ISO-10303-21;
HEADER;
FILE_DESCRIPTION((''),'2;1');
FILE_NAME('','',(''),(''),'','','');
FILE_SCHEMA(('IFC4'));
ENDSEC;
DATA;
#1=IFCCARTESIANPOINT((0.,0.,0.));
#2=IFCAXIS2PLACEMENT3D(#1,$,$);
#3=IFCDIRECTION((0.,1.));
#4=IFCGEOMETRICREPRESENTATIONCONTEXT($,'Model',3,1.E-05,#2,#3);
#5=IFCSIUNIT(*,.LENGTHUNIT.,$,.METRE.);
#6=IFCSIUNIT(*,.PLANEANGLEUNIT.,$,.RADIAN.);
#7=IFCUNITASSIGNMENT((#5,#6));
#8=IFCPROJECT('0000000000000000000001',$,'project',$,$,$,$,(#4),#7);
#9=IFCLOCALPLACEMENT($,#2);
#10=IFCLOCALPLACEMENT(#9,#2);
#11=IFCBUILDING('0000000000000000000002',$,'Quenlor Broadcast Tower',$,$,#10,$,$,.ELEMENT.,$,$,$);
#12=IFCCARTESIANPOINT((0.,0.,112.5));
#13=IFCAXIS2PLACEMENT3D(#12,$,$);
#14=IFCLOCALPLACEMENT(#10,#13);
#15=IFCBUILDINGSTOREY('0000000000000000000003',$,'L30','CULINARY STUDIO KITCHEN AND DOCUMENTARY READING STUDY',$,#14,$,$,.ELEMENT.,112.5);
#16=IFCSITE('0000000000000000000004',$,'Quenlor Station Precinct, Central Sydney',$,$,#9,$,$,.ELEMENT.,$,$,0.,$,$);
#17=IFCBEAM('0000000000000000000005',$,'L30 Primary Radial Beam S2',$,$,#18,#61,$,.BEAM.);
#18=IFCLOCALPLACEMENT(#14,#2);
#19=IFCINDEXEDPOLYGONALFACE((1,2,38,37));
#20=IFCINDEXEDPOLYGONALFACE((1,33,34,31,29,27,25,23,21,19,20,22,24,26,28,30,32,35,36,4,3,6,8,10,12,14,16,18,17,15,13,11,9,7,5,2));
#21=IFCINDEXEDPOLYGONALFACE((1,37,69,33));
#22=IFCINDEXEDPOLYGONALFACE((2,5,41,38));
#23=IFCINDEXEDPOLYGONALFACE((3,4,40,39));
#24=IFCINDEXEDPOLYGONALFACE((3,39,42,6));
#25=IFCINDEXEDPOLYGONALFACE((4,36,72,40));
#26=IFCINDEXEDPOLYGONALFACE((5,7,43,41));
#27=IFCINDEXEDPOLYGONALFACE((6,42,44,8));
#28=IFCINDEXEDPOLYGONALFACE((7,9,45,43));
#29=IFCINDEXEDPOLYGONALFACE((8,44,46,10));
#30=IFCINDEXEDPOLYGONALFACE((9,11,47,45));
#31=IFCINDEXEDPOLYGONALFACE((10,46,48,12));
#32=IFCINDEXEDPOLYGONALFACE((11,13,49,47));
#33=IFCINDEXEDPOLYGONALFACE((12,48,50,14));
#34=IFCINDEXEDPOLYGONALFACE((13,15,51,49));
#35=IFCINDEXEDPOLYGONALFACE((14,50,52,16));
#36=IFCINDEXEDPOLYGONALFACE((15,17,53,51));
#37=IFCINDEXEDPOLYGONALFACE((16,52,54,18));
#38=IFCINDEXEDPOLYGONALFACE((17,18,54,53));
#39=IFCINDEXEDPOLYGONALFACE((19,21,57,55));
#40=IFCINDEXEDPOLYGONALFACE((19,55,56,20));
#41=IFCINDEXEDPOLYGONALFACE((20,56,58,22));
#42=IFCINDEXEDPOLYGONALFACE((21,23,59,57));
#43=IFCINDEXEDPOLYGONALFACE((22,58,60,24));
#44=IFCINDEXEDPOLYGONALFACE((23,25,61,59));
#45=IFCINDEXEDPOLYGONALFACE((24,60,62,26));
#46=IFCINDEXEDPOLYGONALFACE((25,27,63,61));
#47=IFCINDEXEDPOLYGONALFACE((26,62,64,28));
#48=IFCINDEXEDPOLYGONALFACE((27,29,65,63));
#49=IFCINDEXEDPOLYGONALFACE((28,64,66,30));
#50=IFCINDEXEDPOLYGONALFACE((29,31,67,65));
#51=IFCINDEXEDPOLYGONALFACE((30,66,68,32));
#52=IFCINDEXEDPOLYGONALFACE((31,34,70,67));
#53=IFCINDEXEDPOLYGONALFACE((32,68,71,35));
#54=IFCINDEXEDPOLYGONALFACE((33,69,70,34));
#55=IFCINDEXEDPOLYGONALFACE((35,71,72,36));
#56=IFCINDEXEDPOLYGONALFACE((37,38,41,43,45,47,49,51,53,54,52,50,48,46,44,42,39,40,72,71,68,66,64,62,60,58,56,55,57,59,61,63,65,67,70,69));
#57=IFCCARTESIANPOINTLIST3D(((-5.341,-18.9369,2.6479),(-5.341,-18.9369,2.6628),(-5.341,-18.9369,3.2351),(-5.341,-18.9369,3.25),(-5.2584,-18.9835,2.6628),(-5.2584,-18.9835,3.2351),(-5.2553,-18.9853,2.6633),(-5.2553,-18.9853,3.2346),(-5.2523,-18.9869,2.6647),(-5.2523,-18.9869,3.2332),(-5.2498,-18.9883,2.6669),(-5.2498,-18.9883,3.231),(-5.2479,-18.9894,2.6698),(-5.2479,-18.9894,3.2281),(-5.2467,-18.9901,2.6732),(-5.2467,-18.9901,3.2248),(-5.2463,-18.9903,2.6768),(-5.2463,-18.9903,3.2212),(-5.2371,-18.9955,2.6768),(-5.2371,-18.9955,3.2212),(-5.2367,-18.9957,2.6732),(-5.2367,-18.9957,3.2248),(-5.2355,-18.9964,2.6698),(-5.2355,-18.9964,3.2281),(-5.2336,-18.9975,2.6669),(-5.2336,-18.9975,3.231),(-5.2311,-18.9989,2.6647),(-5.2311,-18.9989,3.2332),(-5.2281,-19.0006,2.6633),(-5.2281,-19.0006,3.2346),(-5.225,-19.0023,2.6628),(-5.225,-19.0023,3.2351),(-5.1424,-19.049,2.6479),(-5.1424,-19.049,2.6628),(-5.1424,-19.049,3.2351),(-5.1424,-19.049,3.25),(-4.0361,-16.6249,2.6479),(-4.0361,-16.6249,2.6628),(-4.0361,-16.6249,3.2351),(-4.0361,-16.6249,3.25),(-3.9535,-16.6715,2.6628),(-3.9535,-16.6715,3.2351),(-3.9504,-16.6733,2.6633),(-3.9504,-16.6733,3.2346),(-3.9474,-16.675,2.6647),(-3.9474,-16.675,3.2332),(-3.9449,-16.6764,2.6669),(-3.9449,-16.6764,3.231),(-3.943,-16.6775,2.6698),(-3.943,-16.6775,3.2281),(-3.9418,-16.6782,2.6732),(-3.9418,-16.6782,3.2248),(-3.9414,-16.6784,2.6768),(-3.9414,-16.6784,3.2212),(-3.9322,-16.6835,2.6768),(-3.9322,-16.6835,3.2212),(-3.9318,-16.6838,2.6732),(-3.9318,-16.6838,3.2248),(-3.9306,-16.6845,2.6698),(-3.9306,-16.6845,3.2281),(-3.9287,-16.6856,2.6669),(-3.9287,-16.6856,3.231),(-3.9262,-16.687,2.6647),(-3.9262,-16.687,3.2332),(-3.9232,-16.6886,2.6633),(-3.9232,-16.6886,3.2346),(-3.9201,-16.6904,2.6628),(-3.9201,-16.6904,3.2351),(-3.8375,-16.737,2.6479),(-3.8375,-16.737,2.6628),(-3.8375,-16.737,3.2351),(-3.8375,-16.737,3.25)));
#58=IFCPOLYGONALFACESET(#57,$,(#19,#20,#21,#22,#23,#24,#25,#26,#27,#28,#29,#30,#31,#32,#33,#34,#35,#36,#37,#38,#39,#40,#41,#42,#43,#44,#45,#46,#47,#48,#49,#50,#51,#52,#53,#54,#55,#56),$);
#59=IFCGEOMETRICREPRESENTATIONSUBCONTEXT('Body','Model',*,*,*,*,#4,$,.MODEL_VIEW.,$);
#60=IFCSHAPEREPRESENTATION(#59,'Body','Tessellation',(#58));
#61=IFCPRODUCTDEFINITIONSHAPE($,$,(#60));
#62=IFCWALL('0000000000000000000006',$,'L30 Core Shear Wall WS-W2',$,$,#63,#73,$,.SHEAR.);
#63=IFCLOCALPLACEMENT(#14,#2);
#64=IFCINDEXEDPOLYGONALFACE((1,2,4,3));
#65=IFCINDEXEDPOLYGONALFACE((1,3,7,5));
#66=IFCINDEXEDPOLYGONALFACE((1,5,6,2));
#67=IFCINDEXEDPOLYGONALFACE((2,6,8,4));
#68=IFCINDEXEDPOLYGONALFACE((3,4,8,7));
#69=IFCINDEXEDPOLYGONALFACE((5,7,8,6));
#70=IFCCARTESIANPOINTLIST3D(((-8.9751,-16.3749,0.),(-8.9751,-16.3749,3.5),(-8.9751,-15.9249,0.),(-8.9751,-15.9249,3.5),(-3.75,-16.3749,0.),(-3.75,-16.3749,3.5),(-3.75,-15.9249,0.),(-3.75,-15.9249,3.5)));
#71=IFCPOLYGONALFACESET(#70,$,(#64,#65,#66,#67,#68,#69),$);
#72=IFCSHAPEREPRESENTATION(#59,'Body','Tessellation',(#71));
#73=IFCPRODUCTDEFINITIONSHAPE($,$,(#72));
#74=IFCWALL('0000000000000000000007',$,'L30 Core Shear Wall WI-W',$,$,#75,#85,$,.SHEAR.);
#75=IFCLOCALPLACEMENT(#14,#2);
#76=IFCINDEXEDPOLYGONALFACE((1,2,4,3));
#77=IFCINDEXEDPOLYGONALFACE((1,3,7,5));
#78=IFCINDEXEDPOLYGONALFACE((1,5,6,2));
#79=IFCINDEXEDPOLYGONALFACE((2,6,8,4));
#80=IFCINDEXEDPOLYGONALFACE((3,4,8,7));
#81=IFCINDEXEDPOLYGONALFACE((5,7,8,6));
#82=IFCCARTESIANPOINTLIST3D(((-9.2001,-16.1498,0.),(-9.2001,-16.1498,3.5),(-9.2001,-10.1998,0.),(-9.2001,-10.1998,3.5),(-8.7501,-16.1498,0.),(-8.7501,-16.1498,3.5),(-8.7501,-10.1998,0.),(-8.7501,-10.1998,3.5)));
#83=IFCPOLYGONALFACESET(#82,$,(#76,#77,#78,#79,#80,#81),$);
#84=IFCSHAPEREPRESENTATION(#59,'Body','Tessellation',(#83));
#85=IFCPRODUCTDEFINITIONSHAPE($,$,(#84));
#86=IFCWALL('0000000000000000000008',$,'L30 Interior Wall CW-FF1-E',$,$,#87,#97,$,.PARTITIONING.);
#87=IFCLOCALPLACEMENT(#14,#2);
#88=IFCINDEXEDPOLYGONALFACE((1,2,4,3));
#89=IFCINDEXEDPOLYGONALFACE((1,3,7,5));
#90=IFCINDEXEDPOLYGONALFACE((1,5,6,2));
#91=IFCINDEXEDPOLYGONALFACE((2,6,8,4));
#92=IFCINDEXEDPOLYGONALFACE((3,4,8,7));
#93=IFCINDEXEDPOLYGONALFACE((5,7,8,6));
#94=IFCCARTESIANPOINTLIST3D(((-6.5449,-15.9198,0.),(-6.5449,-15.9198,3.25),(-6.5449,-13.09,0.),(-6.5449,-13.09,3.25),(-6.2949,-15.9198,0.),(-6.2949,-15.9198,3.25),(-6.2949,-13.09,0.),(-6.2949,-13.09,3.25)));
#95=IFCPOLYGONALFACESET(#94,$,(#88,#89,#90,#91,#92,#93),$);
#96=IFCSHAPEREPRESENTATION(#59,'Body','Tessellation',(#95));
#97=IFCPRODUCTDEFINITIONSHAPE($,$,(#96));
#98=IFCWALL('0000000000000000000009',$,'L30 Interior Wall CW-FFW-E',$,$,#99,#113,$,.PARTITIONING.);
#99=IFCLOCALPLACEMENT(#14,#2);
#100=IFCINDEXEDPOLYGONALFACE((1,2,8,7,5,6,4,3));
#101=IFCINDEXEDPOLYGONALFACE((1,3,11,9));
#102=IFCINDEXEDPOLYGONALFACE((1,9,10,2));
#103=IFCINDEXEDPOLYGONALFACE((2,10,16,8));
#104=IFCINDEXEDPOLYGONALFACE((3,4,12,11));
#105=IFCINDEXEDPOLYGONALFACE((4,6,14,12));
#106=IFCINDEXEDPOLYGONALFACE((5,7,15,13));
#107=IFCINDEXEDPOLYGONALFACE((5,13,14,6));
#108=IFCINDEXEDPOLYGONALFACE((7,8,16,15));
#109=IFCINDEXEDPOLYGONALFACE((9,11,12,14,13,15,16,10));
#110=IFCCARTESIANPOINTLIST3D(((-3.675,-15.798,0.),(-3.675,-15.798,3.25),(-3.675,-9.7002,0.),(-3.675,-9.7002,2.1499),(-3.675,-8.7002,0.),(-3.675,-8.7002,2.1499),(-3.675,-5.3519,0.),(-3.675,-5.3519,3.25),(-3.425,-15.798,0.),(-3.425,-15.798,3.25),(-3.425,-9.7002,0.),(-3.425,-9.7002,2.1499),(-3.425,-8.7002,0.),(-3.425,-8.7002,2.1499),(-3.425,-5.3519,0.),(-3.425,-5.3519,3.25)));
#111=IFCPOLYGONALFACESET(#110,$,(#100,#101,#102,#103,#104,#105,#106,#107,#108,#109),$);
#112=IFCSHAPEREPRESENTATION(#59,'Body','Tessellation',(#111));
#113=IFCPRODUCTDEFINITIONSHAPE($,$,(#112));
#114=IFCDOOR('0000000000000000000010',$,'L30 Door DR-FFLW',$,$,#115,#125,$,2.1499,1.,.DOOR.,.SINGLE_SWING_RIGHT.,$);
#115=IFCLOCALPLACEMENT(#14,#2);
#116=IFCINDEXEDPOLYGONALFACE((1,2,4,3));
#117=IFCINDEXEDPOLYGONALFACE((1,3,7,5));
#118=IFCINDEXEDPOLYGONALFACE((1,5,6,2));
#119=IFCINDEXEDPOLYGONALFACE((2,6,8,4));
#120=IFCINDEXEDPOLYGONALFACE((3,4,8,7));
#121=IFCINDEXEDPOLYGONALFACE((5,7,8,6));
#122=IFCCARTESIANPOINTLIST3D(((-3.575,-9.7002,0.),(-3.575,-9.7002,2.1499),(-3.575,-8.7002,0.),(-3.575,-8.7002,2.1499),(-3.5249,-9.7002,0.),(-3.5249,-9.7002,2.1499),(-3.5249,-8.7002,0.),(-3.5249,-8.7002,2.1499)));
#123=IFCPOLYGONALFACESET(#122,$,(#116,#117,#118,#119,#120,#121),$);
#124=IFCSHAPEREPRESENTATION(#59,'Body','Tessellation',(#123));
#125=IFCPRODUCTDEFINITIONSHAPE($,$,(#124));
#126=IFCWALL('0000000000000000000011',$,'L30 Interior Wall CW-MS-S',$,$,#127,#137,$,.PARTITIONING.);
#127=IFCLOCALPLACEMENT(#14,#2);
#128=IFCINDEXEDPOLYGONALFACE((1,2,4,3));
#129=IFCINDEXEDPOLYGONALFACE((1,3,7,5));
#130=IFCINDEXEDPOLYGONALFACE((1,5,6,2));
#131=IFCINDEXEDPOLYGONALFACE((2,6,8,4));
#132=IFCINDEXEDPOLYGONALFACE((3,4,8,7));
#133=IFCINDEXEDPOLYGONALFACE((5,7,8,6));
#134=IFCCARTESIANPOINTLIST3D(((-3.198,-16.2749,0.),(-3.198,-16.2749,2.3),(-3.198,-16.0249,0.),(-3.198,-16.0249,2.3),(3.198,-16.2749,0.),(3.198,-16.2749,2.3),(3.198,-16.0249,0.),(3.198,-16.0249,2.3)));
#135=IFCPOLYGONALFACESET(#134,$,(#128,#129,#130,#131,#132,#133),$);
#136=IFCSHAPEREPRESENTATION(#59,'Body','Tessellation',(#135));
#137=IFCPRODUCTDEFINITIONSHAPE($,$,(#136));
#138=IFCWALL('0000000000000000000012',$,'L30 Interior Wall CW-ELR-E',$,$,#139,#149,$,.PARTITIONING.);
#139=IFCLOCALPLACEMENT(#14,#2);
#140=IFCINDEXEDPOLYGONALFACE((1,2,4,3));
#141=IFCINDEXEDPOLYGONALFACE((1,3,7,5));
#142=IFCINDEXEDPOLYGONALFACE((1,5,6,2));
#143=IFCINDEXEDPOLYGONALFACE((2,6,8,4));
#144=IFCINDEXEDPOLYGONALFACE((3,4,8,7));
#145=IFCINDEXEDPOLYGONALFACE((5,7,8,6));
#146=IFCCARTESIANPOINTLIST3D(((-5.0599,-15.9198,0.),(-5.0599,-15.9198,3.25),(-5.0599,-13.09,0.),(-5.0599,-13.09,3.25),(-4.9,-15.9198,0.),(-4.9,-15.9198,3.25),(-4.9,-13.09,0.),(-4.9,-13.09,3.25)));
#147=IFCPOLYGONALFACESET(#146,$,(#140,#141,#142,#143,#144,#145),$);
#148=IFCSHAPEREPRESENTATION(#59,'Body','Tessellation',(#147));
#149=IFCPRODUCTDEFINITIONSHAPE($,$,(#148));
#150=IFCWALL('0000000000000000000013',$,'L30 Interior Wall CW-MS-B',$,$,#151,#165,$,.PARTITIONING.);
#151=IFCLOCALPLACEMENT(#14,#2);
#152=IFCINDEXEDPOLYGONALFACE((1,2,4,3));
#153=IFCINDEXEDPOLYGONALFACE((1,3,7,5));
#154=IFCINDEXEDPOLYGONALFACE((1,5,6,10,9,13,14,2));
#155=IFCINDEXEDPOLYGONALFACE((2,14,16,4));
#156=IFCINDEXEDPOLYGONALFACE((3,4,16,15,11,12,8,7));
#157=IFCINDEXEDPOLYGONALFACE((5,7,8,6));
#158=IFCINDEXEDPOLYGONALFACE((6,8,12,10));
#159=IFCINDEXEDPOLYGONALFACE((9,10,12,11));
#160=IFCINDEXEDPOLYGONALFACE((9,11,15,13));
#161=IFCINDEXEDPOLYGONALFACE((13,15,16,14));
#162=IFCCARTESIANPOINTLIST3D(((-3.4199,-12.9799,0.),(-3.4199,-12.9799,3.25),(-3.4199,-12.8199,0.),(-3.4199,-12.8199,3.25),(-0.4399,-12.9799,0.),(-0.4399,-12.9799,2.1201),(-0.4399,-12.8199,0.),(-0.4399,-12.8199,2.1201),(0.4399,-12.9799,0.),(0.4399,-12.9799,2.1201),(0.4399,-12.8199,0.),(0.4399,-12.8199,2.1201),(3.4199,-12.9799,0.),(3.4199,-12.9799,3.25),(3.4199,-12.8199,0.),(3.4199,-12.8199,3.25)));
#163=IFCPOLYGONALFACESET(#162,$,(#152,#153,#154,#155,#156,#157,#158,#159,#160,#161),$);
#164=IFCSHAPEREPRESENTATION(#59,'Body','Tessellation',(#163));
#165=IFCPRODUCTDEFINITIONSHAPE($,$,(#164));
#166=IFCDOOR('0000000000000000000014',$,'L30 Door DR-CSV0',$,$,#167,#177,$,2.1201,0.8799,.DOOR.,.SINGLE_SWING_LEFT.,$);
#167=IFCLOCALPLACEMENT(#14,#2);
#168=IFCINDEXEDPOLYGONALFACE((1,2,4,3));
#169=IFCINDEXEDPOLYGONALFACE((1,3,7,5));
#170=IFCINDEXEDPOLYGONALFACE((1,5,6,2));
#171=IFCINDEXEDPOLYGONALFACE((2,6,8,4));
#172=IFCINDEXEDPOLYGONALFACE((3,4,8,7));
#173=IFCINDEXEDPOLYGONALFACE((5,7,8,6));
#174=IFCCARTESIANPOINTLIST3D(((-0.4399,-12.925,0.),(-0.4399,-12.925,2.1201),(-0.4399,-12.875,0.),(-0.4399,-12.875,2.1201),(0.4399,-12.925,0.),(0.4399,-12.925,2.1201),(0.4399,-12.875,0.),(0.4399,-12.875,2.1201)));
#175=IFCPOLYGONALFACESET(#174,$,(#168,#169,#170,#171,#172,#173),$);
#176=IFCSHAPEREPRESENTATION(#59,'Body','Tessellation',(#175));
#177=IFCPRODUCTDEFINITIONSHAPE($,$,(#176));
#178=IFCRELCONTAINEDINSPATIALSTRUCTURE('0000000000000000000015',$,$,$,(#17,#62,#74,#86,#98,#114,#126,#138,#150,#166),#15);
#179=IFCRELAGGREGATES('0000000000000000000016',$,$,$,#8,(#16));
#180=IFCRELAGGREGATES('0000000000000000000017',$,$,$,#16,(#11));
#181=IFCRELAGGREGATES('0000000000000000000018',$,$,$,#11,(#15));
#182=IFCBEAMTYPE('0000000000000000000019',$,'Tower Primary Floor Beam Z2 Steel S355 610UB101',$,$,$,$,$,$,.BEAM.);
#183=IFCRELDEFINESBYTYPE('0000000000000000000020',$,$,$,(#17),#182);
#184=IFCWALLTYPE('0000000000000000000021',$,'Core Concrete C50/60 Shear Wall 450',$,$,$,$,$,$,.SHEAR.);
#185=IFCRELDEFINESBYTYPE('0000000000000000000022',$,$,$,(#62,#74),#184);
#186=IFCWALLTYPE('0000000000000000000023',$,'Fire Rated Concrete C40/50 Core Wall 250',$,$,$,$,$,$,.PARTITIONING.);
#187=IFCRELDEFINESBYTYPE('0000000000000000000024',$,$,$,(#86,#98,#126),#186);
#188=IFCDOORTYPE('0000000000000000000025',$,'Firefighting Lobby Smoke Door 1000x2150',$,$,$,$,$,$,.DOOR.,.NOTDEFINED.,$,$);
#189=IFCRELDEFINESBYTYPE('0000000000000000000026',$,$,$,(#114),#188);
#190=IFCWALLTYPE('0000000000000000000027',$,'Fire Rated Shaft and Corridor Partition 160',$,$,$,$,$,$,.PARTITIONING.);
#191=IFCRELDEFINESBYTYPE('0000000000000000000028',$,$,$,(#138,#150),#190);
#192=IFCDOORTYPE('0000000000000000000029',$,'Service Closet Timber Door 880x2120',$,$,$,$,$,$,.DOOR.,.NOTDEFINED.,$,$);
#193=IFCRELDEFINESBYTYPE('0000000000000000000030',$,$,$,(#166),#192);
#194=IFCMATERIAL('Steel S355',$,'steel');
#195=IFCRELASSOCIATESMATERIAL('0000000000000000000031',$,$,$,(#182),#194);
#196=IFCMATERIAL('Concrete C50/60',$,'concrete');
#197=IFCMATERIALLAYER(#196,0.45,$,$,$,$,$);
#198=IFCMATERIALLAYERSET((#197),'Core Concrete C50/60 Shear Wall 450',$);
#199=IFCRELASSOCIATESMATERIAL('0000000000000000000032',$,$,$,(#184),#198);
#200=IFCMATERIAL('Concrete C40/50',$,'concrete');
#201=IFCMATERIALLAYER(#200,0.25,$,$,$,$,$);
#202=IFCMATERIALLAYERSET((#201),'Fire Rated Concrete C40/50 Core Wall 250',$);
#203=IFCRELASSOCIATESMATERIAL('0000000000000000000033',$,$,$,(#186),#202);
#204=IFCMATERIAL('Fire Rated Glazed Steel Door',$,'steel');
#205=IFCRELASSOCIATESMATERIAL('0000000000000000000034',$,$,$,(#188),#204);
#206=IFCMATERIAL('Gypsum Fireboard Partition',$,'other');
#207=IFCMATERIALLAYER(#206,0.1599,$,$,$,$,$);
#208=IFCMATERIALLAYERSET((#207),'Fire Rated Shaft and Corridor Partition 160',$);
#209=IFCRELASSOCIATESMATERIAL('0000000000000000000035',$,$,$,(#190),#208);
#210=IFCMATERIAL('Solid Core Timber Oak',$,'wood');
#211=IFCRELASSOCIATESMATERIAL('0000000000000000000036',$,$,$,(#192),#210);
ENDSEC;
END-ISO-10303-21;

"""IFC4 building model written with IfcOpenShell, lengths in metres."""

from ifc_helpers import new_model, si_unit, direction, frame, frame_2d, origin, origin_2d, place, context, subcontext, project, spatial, rectangle, i_section, extrude, material, layer, layer_set, material_profile, profile_set, type_object, element, fill, save


model = new_model("IFC4")

# Units and contexts
model_context = context("Model", 3, precision=1e-05, world=origin(), true_north=direction((0.0, 1.0)))
body_context = subcontext(model_context, "Body", "Model", "MODEL_VIEW")
ifc_project = project(units=[si_unit("LENGTHUNIT", "METRE"), si_unit("PLANEANGLEUNIT", "RADIAN")], contexts=[model_context])

# Site, building, storey
site_placement = place(None, origin())
site = spatial("IfcSite", under=ifc_project, at=site_placement, Name="Quenlor Station Precinct, Central Sydney", CompositionType="ELEMENT", RefElevation=0.0)
building_placement = place(site_placement, origin())
building = spatial("IfcBuilding", under=site, at=building_placement, Name="Quenlor Broadcast Tower", CompositionType="ELEMENT")
storey_placement = place(building_placement, frame((0.0, 0.0, 112.5)))
storey = spatial("IfcBuildingStorey", under=building, at=storey_placement, Name="L30", Description="CULINARY STUDIO KITCHEN AND DOCUMENTARY READING STUDY", CompositionType="ELEMENT", Elevation=112.5)

# Beam
ifc_material_1 = material(Name="Steel S355", Category="steel")
ifc_material_profile_1 = material_profile(ifc_material_1, i_section(OverallWidth=0.228, OverallDepth=0.6021, WebThickness=0.0105, FlangeThickness=0.0149, FilletRadius=0.0139, at=origin_2d()))
ifc_profile_set_1 = profile_set([ifc_material_profile_1], Name="Steel S355 610UB101")
beam_type_1 = type_object("IfcBeamType", Name="Tower Primary Floor Beam Z2 Steel S355 610UB101", PredefinedType="BEAM", material=ifc_profile_set_1)
beam_1_placement = place(storey_placement, frame((-5.2417, -18.9929, 2.949), z_axis=(0.491527, 0.870862, 0.0), x_axis=(-0.870862, 0.491527, 0.0)))
element("IfcBeam", 1, at=beam_1_placement, inside=storey, type_object=beam_type_1, Name="L30 Primary Radial Beam S2", PredefinedType="BEAM", context=body_context, shape_type="SweptSolid", body=[
    extrude(i_section(OverallWidth=0.228, OverallDepth=0.6021, WebThickness=0.0105, FlangeThickness=0.0149, FilletRadius=0.0139, at=origin_2d()), origin(), (0.0, 0.0, 1.0), 2.6548),
])

# Walls
ifc_material_2 = material(Name="Concrete C50/60", Category="concrete")
ifc_layer_1 = layer(ifc_material_2, 0.45)
ifc_layer_set_1 = layer_set([ifc_layer_1], Name="Core Concrete C50/60 Shear Wall 450")
wall_type_1 = type_object("IfcWallType", Name="Core Concrete C50/60 Shear Wall 450", PredefinedType="SHEAR", material=ifc_layer_set_1)
wall_1_placement = place(storey_placement, frame((-8.9751, -16.1499, 0.0), z_axis=(0.0, 0.0, 1.0), x_axis=(1.0, 0.0, 0.0)))
element("IfcWall", 2, at=wall_1_placement, inside=storey, type_object=wall_type_1, Name="L30 Core Shear Wall WS-W2", PredefinedType="SHEAR", context=body_context, shape_type="SweptSolid", body=[
    extrude(rectangle(XDim=5.2251, YDim=0.45, at=frame_2d((2.6125, 0.0))), origin(), (0.0, 0.0, 1.0), 3.5),
])
wall_2_placement = place(storey_placement, frame((-8.9751, -16.1499, 0.0), z_axis=(0.0, 0.0, 1.0), x_axis=(0.0, 1.0, 0.0)))
element("IfcWall", 3, at=wall_2_placement, inside=storey, type_object=wall_type_1, Name="L30 Core Shear Wall WI-W", PredefinedType="SHEAR", context=body_context, shape_type="SweptSolid", body=[
    extrude(rectangle(XDim=5.95, YDim=0.45, at=frame_2d((2.9751, 0.0))), origin(), (0.0, 0.0, 1.0), 3.5),
])

# Shared definitions
ifc_material_3 = material(Name="Concrete C40/50", Category="concrete")
ifc_layer_2 = layer(ifc_material_3, 0.25)
ifc_layer_set_2 = layer_set([ifc_layer_2], Name="Fire Rated Concrete C40/50 Core Wall 250")
wall_type_2 = type_object("IfcWallType", Name="Fire Rated Concrete C40/50 Core Wall 250", PredefinedType="PARTITIONING", material=ifc_layer_set_2)

# Wall
wall_3_placement = place(storey_placement, frame((-6.4199, -15.9199, 0.0), z_axis=(0.0, 0.0, 1.0), x_axis=(0.0, 1.0, 0.0)))
element("IfcWall", 4, at=wall_3_placement, inside=storey, type_object=wall_type_2, Name="L30 Interior Wall CW-FF1-E", PredefinedType="PARTITIONING", context=body_context, shape_type="SweptSolid", body=[
    extrude(rectangle(XDim=2.8298, YDim=0.25, at=frame_2d((1.415, 0.0))), origin(), (0.0, 0.0, 1.0), 3.25),
])

# Wall, opening, door
wall_4_placement = place(storey_placement, frame((-3.55, -15.7981, 0.0), z_axis=(0.0, 0.0, 1.0), x_axis=(0.0, 1.0, 0.0)))
wall_4 = element("IfcWall", 5, at=wall_4_placement, inside=storey, type_object=wall_type_2, Name="L30 Interior Wall CW-FFW-E", PredefinedType="PARTITIONING", context=body_context, shape_type="SweptSolid", body=[
    extrude(rectangle(XDim=10.446, YDim=0.25, at=frame_2d((5.2231, 0.0))), origin(), (0.0, 0.0, 1.0), 3.25),
])
opening_1_placement = place(wall_4_placement, frame((6.0979, 0.0, 0.0)))
opening_1 = element("IfcOpeningElement", 6, at=opening_1_placement, cuts=wall_4, PredefinedType="OPENING", context=body_context, shape_type="SweptSolid", body=[
    extrude(rectangle(XDim=1.0, YDim=2.1499, at=frame_2d((0.5, 1.075))), frame((0.0, 0.135, 0.0), z_axis=(0.0, -1.0, 0.0), x_axis=(1.0, 0.0, 0.0)), (0.0, 0.0, 1.0), 0.27),
])
ifc_material_4 = material(Name="Fire Rated Glazed Steel Door", Category="steel")
door_type_1 = type_object("IfcDoorType", Name="Firefighting Lobby Smoke Door 1000x2150", OperationType="NOTDEFINED", PredefinedType="DOOR", material=ifc_material_4)
door_1_placement = place(opening_1_placement, origin())
door_1 = element("IfcDoor", 7, at=door_1_placement, inside=storey, type_object=door_type_1, Name="L30 Door DR-FFLW", OperationType="SINGLE_SWING_RIGHT", OverallHeight=2.1499, OverallWidth=1.0, PredefinedType="DOOR", context=body_context, shape_type="SweptSolid", body=[
    extrude(rectangle(XDim=1.0, YDim=2.1499, at=frame_2d((0.5, 1.075))), frame((0.0, 0.0249, 0.0), z_axis=(0.0, -1.0, 0.0), x_axis=(1.0, 0.0, 0.0)), (0.0, 0.0, 1.0), 0.05),
])
fill(opening_1, door_1)

# Walls
wall_5_placement = place(storey_placement, frame((-3.198, -16.1499, 0.0), z_axis=(0.0, 0.0, 1.0), x_axis=(1.0, 0.0, 0.0)))
element("IfcWall", 8, at=wall_5_placement, inside=storey, type_object=wall_type_2, Name="L30 Interior Wall CW-MS-S", PredefinedType="PARTITIONING", context=body_context, shape_type="SweptSolid", body=[
    extrude(rectangle(XDim=6.396, YDim=0.25, at=frame_2d((3.198, 0.0))), origin(), (0.0, 0.0, 1.0), 2.3),
])
ifc_material_5 = material(Name="Gypsum Fireboard Partition", Category="other")
ifc_layer_3 = layer(ifc_material_5, 0.1599)
ifc_layer_set_3 = layer_set([ifc_layer_3], Name="Fire Rated Shaft and Corridor Partition 160")
wall_type_3 = type_object("IfcWallType", Name="Fire Rated Shaft and Corridor Partition 160", PredefinedType="PARTITIONING", material=ifc_layer_set_3)
wall_6_placement = place(storey_placement, frame((-4.98, -15.9199, 0.0), z_axis=(0.0, 0.0, 1.0), x_axis=(0.0, 1.0, 0.0)))
element("IfcWall", 9, at=wall_6_placement, inside=storey, type_object=wall_type_3, Name="L30 Interior Wall CW-ELR-E", PredefinedType="PARTITIONING", context=body_context, shape_type="SweptSolid", body=[
    extrude(rectangle(XDim=2.8298, YDim=0.1599, at=frame_2d((1.415, 0.0))), origin(), (0.0, 0.0, 1.0), 3.25),
])

# Wall, opening, door
wall_7_placement = place(storey_placement, frame((-3.4199, -12.8999, 0.0), z_axis=(0.0, 0.0, 1.0), x_axis=(1.0, 0.0, 0.0)))
wall_7 = element("IfcWall", 10, at=wall_7_placement, inside=storey, type_object=wall_type_3, Name="L30 Interior Wall CW-MS-B", PredefinedType="PARTITIONING", context=body_context, shape_type="SweptSolid", body=[
    extrude(rectangle(XDim=6.8398, YDim=0.1599, at=frame_2d((3.4199, 0.0))), origin(), (0.0, 0.0, 1.0), 3.25),
])
opening_2_placement = place(wall_7_placement, frame((2.98, 0.0, 0.0)))
opening_2 = element("IfcOpeningElement", 11, at=opening_2_placement, cuts=wall_7, PredefinedType="OPENING", context=body_context, shape_type="SweptSolid", body=[
    extrude(rectangle(XDim=0.8799, YDim=2.1201, at=frame_2d((0.4399, 1.0601))), frame((0.0, 0.0898, 0.0), z_axis=(0.0, -1.0, 0.0), x_axis=(1.0, 0.0, 0.0)), (0.0, 0.0, 1.0), 0.1799),
])
ifc_material_6 = material(Name="Solid Core Timber Oak", Category="wood")
door_type_2 = type_object("IfcDoorType", Name="Service Closet Timber Door 880x2120", OperationType="NOTDEFINED", PredefinedType="DOOR", material=ifc_material_6)
door_2_placement = place(opening_2_placement, origin())
door_2 = element("IfcDoor", 12, at=door_2_placement, inside=storey, type_object=door_type_2, Name="L30 Door DR-CSV0", OperationType="SINGLE_SWING_LEFT", OverallHeight=2.1201, OverallWidth=0.8799, PredefinedType="DOOR", context=body_context, shape_type="SweptSolid", body=[
    extrude(rectangle(XDim=0.8799, YDim=2.1201, at=frame_2d((0.4399, 1.0601))), frame((0.0, 0.0249, 0.0), z_axis=(0.0, -1.0, 0.0), x_axis=(1.0, 0.0, 0.0)), (0.0, 0.0, 1.0), 0.05),
])
fill(opening_2, door_2)

save(model, "model.ifc")
